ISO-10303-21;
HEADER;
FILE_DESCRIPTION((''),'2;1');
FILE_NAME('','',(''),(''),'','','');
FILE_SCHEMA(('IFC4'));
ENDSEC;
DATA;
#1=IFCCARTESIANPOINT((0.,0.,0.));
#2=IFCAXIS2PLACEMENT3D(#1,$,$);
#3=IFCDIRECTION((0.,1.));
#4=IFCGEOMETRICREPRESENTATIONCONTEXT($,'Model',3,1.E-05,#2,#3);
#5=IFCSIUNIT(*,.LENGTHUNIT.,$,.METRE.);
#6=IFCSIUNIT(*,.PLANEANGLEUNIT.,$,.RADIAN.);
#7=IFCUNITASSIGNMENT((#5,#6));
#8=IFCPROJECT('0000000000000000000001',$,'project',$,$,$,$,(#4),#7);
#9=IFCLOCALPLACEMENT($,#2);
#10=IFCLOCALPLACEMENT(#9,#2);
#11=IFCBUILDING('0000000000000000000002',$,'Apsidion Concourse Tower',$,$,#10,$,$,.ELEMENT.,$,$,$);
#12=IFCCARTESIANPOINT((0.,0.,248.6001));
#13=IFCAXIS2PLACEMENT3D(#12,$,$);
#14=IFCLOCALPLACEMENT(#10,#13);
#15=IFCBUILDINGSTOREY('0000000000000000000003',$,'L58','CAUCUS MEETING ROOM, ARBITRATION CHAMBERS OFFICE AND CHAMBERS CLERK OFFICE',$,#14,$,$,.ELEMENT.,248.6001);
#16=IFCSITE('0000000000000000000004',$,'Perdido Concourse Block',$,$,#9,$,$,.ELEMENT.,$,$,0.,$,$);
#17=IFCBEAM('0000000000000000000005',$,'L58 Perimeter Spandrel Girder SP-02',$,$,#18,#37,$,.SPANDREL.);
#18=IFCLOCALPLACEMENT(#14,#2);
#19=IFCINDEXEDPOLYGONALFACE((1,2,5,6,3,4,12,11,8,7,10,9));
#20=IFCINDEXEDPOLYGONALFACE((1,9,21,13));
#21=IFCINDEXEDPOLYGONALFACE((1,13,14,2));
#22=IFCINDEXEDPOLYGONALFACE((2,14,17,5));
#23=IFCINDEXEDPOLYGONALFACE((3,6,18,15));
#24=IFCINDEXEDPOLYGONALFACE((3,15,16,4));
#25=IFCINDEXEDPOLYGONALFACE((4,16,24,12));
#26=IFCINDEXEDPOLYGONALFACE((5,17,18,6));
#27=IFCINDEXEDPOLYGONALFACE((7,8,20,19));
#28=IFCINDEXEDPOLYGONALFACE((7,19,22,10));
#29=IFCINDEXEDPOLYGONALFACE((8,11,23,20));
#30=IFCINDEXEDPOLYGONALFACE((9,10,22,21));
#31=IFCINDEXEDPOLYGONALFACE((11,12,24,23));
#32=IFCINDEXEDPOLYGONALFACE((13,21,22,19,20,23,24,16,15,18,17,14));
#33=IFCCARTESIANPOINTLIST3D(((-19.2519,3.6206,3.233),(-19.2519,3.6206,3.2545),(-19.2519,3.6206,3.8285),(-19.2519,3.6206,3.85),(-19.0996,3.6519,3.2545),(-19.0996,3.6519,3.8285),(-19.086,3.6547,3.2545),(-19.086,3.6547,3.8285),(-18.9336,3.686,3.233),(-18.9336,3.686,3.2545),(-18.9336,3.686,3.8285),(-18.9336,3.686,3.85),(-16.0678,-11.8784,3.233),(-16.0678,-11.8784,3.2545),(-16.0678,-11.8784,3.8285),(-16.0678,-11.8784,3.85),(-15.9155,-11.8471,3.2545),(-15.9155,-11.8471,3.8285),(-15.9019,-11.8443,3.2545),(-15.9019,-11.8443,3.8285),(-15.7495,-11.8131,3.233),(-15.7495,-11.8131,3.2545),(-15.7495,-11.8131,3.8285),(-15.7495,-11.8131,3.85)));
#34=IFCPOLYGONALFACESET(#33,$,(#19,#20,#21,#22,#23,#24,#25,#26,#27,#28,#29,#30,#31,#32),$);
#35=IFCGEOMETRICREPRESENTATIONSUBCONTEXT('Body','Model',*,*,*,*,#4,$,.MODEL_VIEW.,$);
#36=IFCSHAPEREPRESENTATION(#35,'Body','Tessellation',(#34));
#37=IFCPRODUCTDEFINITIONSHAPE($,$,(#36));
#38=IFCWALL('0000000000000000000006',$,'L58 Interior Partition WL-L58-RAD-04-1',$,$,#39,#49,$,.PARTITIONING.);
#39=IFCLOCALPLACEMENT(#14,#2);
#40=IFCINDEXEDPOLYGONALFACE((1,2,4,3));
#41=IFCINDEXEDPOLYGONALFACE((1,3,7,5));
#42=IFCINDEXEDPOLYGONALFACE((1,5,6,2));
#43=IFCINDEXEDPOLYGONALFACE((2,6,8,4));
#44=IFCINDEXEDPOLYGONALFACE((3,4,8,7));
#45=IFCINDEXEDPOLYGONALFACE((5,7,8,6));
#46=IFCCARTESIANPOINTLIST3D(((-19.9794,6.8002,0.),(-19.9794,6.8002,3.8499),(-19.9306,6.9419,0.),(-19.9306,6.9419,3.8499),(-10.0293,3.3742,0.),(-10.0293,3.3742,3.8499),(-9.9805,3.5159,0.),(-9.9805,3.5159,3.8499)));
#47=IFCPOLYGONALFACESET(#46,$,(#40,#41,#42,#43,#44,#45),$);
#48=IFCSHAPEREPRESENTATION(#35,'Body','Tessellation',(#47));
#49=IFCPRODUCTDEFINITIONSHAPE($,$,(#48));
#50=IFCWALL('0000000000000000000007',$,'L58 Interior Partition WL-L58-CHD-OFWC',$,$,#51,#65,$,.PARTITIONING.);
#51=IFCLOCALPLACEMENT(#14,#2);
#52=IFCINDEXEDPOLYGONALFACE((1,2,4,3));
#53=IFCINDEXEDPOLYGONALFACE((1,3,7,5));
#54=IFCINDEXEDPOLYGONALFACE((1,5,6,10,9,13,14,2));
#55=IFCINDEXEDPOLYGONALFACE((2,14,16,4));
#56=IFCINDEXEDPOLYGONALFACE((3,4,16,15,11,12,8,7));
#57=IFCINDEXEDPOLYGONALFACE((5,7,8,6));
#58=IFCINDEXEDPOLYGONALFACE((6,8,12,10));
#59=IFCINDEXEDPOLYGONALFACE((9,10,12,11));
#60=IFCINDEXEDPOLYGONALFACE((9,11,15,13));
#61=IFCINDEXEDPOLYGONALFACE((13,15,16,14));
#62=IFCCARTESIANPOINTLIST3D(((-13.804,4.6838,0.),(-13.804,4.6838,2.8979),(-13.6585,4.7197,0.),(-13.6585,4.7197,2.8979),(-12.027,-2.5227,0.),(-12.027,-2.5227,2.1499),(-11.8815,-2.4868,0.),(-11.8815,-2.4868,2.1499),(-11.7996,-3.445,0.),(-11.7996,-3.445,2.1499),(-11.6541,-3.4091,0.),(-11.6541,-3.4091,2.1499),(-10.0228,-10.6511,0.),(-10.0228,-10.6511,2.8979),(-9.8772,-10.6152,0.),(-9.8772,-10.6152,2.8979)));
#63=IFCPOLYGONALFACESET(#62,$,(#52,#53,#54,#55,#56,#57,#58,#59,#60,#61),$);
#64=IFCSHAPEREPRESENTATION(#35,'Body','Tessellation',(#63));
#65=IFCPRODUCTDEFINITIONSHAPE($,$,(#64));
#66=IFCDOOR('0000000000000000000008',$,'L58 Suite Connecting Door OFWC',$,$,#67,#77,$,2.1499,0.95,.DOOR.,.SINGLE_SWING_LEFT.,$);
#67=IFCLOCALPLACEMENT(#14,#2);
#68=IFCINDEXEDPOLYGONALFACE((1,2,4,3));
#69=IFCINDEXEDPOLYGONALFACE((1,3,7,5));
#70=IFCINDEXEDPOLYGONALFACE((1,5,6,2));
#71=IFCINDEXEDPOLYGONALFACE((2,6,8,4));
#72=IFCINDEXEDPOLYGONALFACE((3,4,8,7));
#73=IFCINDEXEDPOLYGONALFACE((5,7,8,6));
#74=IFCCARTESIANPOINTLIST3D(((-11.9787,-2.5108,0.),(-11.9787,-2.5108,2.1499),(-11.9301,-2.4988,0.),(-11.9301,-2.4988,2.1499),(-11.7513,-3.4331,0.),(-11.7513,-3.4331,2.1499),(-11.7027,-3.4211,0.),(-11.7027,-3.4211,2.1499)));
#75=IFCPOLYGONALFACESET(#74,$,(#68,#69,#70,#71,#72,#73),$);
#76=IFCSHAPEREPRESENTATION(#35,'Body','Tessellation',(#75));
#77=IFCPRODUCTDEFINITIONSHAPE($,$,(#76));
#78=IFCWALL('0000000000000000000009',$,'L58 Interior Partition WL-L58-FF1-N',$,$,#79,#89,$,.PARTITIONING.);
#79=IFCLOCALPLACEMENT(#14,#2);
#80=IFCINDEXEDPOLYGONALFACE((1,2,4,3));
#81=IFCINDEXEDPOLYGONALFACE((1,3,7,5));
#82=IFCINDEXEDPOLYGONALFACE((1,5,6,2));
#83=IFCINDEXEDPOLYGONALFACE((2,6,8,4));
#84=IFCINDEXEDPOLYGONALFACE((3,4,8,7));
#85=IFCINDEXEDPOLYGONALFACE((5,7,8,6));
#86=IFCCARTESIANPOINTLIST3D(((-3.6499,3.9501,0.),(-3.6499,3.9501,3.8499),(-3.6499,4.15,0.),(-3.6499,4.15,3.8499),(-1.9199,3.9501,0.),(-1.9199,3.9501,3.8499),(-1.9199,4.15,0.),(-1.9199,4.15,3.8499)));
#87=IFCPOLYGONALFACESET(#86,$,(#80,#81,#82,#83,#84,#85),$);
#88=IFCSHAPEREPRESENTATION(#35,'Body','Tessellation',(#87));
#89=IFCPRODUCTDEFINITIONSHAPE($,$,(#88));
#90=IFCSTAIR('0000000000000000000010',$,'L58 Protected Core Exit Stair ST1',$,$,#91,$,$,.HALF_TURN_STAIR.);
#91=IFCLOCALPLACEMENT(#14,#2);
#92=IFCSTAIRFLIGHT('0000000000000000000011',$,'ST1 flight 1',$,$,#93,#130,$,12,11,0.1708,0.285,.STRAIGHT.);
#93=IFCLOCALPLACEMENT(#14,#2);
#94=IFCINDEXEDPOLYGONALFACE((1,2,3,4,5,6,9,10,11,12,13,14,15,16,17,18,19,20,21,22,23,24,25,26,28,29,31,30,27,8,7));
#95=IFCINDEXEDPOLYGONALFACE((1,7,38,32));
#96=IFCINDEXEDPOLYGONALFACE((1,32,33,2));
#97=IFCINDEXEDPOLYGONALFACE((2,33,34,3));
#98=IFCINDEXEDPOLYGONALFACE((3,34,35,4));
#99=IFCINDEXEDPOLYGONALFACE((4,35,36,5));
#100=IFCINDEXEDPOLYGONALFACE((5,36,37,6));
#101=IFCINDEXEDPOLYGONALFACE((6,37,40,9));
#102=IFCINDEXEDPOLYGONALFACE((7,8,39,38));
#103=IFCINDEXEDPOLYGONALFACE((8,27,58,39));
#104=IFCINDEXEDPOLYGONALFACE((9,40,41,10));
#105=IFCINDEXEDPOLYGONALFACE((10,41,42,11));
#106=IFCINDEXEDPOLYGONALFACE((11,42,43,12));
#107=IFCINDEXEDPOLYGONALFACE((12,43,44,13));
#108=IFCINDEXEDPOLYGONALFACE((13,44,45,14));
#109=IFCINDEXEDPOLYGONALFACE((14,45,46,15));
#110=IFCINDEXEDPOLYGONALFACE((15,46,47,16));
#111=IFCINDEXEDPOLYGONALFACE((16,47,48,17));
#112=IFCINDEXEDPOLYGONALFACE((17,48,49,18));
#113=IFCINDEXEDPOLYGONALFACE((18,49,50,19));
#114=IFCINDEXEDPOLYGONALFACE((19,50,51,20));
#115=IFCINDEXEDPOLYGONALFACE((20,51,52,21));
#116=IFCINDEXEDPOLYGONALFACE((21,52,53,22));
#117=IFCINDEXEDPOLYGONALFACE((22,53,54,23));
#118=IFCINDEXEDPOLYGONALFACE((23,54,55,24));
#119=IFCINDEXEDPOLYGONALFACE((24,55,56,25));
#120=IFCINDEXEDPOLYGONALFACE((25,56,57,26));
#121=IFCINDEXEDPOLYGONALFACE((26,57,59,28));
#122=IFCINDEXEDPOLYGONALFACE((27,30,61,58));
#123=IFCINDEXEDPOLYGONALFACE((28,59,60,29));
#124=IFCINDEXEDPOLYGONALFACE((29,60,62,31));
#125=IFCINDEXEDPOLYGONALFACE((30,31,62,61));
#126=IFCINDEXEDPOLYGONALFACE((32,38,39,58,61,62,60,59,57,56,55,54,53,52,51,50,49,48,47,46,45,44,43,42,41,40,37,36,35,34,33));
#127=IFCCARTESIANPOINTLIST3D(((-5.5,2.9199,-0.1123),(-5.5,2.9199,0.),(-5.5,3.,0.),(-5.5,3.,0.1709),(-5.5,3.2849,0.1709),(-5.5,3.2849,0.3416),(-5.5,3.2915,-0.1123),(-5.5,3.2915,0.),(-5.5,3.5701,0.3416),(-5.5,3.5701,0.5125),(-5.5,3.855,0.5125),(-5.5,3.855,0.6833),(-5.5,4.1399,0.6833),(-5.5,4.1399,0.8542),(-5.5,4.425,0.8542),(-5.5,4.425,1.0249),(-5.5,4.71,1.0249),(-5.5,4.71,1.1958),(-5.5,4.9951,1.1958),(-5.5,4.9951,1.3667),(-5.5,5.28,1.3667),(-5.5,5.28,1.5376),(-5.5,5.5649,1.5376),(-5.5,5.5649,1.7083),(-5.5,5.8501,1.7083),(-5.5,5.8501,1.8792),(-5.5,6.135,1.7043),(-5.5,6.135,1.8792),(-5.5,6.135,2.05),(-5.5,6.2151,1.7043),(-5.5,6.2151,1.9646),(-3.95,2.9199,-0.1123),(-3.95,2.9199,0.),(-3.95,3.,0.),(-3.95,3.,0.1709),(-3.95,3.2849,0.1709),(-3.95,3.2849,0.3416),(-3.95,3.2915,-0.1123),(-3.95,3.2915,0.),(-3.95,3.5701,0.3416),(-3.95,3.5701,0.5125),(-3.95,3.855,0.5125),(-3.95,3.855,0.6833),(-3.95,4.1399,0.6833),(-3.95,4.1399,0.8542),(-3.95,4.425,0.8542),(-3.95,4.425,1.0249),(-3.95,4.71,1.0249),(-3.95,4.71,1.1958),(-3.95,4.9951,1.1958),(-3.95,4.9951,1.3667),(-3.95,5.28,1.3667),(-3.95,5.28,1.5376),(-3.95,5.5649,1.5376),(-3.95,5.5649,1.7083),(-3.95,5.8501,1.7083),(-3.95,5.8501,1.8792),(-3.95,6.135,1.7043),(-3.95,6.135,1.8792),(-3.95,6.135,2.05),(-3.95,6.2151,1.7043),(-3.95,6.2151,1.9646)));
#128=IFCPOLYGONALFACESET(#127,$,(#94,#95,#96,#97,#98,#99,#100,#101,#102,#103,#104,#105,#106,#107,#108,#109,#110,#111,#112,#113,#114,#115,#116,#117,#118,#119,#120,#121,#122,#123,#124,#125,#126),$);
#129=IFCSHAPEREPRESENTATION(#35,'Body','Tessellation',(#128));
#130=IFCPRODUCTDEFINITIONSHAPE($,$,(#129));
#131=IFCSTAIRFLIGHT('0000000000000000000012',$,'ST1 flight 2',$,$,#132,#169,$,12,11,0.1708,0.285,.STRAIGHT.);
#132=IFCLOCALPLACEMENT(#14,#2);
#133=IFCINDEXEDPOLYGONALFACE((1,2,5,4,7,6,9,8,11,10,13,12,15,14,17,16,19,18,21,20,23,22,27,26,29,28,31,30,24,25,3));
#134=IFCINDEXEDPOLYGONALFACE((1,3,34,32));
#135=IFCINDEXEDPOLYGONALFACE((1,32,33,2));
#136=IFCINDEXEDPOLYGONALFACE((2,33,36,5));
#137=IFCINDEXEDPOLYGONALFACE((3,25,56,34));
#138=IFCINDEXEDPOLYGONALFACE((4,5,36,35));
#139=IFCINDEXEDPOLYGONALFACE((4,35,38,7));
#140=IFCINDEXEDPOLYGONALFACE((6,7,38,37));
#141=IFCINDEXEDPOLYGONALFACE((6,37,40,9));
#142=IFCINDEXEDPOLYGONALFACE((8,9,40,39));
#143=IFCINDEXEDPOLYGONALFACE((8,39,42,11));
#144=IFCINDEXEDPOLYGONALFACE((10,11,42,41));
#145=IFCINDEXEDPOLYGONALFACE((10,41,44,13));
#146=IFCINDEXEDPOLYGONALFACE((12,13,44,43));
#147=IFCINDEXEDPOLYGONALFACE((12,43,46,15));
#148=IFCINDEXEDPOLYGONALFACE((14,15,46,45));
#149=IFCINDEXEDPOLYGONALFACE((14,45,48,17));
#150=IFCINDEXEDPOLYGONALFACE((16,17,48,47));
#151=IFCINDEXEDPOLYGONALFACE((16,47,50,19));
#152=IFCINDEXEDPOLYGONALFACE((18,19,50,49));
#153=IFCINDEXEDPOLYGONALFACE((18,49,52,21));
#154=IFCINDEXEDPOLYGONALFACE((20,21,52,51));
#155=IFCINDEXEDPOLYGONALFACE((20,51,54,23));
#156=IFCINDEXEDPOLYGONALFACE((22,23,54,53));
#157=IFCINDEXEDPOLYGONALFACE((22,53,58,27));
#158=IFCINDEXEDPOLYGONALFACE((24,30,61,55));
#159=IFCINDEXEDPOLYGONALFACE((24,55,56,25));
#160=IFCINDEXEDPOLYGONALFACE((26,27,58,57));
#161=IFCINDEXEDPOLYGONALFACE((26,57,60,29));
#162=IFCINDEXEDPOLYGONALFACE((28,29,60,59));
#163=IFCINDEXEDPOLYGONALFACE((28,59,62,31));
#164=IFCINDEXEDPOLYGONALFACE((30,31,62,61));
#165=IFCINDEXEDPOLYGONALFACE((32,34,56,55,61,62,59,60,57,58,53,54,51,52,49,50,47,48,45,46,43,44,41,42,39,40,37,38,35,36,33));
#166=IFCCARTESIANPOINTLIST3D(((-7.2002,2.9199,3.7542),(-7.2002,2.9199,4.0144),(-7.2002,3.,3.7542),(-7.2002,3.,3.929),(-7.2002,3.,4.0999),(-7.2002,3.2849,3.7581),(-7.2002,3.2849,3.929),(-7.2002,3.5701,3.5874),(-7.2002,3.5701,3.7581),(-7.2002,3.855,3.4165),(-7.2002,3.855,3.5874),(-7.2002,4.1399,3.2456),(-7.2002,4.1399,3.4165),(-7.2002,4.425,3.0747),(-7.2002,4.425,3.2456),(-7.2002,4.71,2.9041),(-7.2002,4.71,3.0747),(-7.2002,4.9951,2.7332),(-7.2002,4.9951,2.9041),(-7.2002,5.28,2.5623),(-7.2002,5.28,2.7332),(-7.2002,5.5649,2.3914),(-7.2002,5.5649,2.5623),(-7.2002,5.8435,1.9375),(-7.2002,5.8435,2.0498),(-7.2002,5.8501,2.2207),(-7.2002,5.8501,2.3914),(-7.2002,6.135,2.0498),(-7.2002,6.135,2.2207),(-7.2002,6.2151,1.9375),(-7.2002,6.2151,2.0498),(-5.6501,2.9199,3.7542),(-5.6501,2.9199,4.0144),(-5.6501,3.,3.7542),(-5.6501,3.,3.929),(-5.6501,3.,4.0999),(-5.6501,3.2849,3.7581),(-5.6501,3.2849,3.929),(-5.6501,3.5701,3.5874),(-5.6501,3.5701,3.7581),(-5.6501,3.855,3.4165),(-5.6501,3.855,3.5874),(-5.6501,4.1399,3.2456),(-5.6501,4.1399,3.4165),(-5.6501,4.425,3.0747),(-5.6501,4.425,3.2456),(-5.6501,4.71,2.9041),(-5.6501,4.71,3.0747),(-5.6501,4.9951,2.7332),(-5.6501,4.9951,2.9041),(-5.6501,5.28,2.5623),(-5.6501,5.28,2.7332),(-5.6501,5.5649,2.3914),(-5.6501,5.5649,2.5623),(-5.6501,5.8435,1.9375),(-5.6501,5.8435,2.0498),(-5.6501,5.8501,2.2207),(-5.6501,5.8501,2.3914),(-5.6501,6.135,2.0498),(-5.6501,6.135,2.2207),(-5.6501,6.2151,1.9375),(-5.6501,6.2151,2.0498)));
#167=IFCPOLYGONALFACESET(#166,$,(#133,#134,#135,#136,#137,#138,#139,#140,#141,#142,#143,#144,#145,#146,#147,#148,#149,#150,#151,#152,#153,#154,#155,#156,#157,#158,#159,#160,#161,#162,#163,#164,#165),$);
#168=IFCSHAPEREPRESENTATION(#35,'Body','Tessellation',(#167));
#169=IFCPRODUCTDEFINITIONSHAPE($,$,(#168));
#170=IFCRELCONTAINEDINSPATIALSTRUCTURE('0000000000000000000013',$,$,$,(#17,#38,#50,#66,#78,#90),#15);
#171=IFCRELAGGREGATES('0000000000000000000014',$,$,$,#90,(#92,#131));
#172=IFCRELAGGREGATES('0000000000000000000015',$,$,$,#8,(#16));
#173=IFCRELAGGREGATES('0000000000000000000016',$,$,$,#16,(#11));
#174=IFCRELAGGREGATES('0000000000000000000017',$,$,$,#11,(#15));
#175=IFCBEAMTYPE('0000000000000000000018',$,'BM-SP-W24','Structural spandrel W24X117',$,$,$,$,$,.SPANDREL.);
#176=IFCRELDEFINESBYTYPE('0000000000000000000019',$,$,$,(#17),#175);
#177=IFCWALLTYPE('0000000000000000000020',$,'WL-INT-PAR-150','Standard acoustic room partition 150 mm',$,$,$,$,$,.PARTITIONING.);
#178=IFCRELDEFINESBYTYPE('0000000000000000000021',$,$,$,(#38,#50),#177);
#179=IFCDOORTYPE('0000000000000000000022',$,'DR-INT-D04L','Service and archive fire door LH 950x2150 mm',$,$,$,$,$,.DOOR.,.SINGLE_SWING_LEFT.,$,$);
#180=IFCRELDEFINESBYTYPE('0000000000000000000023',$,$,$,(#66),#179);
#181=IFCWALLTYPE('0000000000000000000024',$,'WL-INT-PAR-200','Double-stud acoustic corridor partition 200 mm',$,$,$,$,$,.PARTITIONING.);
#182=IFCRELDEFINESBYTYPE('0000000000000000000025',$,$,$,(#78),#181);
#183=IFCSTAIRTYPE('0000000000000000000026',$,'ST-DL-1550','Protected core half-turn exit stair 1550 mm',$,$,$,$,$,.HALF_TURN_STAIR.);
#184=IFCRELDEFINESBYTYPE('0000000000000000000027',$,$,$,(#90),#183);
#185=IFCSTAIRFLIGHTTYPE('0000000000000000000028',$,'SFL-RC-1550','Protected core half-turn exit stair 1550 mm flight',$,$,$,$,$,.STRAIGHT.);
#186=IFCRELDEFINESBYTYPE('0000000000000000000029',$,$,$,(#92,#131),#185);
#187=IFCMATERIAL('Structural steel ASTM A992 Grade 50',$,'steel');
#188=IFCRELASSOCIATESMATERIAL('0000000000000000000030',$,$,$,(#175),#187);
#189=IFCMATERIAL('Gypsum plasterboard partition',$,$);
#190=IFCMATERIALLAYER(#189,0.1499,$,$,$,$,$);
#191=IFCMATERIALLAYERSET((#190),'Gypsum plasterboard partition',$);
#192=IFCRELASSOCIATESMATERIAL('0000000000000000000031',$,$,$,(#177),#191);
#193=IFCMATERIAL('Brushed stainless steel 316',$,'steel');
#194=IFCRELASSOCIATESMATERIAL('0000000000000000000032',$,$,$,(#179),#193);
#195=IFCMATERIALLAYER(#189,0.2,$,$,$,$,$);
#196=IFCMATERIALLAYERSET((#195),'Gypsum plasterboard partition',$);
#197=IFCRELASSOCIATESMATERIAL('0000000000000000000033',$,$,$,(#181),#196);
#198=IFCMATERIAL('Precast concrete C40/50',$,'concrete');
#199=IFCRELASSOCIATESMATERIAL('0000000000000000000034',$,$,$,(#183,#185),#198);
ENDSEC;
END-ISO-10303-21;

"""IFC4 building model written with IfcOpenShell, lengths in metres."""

from ifc_helpers import new_model, si_unit, direction, frame, frame_2d, origin, origin_2d, place, context, subcontext, project, spatial, polyline, rectangle, i_section, outline, extrude, material, layer, layer_set, material_profile, profile_set, type_object, element, fill, aggregate, save


model = new_model("IFC4")

# Units and contexts
model_context = context("Model", 3, precision=1e-05, world=origin(), true_north=direction((0.0, 1.0)))
body_context = subcontext(model_context, "Body", "Model", "MODEL_VIEW")
ifc_project = project(units=[si_unit("LENGTHUNIT", "METRE"), si_unit("PLANEANGLEUNIT", "RADIAN")], contexts=[model_context])

# Site, building, storey
site_placement = place(None, origin())
site = spatial("IfcSite", under=ifc_project, at=site_placement, Name="Perdido Concourse Block", CompositionType="ELEMENT", RefElevation=0.0)
building_placement = place(site_placement, origin())
building = spatial("IfcBuilding", under=site, at=building_placement, Name="Apsidion Concourse Tower", CompositionType="ELEMENT")
storey_placement = place(building_placement, frame((0.0, 0.0, 248.6001)))
storey = spatial("IfcBuildingStorey", under=building, at=storey_placement, Name="L58", Description="CAUCUS MEETING ROOM, ARBITRATION CHAMBERS OFFICE AND CHAMBERS CLERK OFFICE", CompositionType="ELEMENT", Elevation=248.6001)

# Shared definitions
ifc_material_1 = material(Name="Structural steel ASTM A992 Grade 50", Category="steel")

# Beam
ifc_material_profile_1 = material_profile(ifc_material_1, i_section(OverallWidth=0.325, OverallDepth=0.6169, WebThickness=0.0139, FlangeThickness=0.0215, at=origin_2d()), Name="W24X117")
ifc_profile_set_1 = profile_set([ifc_material_profile_1], Name="Structural steel ASTM A992 Grade 50")
beam_type_1 = type_object("IfcBeamType", Name="BM-SP-W24", Description="Structural spandrel W24X117", PredefinedType="SPANDREL", material=ifc_profile_set_1)
beam_1_placement = place(storey_placement, frame((-19.0928, 3.6533, 3.5415), z_axis=(0.201235, -0.979543, 0.0), x_axis=(0.979543, 0.201235, 0.0)))
element("IfcBeam", 1, at=beam_1_placement, inside=storey, type_object=beam_type_1, Name="L58 Perimeter Spandrel Girder SP-02", PredefinedType="SPANDREL", context=body_context, shape_type="SweptSolid", body=[
    extrude(i_section(OverallWidth=0.325, OverallDepth=0.6169, WebThickness=0.0139, FlangeThickness=0.0215, at=origin_2d()), origin(), (0.0, 0.0, 1.0), 15.8228),
])

# Wall
ifc_material_2 = material(Name="Gypsum plasterboard partition")
ifc_layer_1 = layer(ifc_material_2, 0.1499)
ifc_layer_set_1 = layer_set([ifc_layer_1], Name="Gypsum plasterboard partition")
wall_type_1 = type_object("IfcWallType", Name="WL-INT-PAR-150", Description="Standard acoustic room partition 150 mm", PredefinedType="PARTITIONING", material=ifc_layer_set_1)
wall_1_placement = place(storey_placement, frame((-10.0049, 3.4451, 0.0), z_axis=(0.0, 0.0, 1.0), x_axis=(-0.945522, 0.32556, 0.0)))
element("IfcWall", 2, at=wall_1_placement, inside=storey, type_object=wall_type_1, Name="L58 Interior Partition WL-L58-RAD-04-1", PredefinedType="PARTITIONING", context=body_context, shape_type="SweptSolid", body=[
    extrude(rectangle(XDim=10.5234, YDim=0.1499, at=frame_2d((5.2617, 0.0))), origin(), (0.0, 0.0, 1.0), 3.8499),
])

# Wall, opening, door
wall_2_placement = place(storey_placement, frame((-13.7312, 4.7017, 0.0), z_axis=(0.0, 0.0, 1.0), x_axis=(0.239406, -0.970919, 0.0)))
wall_2 = element("IfcWall", 3, at=wall_2_placement, inside=storey, type_object=wall_type_1, Name="L58 Interior Partition WL-L58-CHD-OFWC", PredefinedType="PARTITIONING", context=body_context, shape_type="SweptSolid", body=[
    extrude(rectangle(XDim=15.7942, YDim=0.1499, at=frame_2d((7.897, 0.0))), origin(), (0.0, 0.0, 1.0), 2.8979),
])
opening_placement = place(wall_2_placement, frame((7.4221, 0.0, 0.0)))
opening = element("IfcOpeningElement", 4, at=opening_placement, cuts=wall_2, PredefinedType="OPENING", context=body_context, shape_type="SweptSolid", body=[
    extrude(rectangle(XDim=0.95, YDim=2.1499, at=frame_2d((0.4751, 1.075))), frame((0.0, 0.085, 0.0), z_axis=(0.0, -1.0, 0.0), x_axis=(1.0, 0.0, 0.0)), (0.0, 0.0, 1.0), 0.1699),
])
ifc_material_3 = material(Name="Brushed stainless steel 316", Category="steel")
door_type = type_object("IfcDoorType", Name="DR-INT-D04L", Description="Service and archive fire door LH 950x2150 mm", OperationType="SINGLE_SWING_LEFT", PredefinedType="DOOR", material=ifc_material_3)
door_placement = place(opening_placement, origin())
door = element("IfcDoor", 5, at=door_placement, inside=storey, type_object=door_type, Name="L58 Suite Connecting Door OFWC", OperationType="SINGLE_SWING_LEFT", OverallHeight=2.1499, OverallWidth=0.95, PredefinedType="DOOR", context=body_context, shape_type="SweptSolid", body=[
    extrude(rectangle(XDim=0.95, YDim=2.1499, at=frame_2d((0.4751, 1.075))), frame((0.0, 0.0249, 0.0), z_axis=(0.0, -1.0, 0.0), x_axis=(1.0, 0.0, 0.0)), (0.0, 0.0, 1.0), 0.05),
])
fill(opening, door)

# Wall
ifc_layer_2 = layer(ifc_material_2, 0.2)
ifc_layer_set_2 = layer_set([ifc_layer_2], Name="Gypsum plasterboard partition")
wall_type_2 = type_object("IfcWallType", Name="WL-INT-PAR-200", Description="Double-stud acoustic corridor partition 200 mm", PredefinedType="PARTITIONING", material=ifc_layer_set_2)
wall_3_placement = place(storey_placement, frame((-3.6499, 4.05, 0.0), z_axis=(0.0, 0.0, 1.0), x_axis=(1.0, 0.0, 0.0)))
element("IfcWall", 6, at=wall_3_placement, inside=storey, type_object=wall_type_2, Name="L58 Interior Partition WL-L58-FF1-N", PredefinedType="PARTITIONING", context=body_context, shape_type="SweptSolid", body=[
    extrude(rectangle(XDim=1.73, YDim=0.2, at=frame_2d((0.865, 0.0))), origin(), (0.0, 0.0, 1.0), 3.8499),
])

# Stair, stair flights
ifc_material_4 = material(Name="Precast concrete C40/50", Category="concrete")
stair_type = type_object("IfcStairType", Name="ST-DL-1550", Description="Protected core half-turn exit stair 1550 mm", PredefinedType="HALF_TURN_STAIR", material=ifc_material_4)
stair_placement = place(storey_placement, origin())
stair = element("IfcStair", 7, at=stair_placement, inside=storey, type_object=stair_type, Name="L58 Protected Core Exit Stair ST1", PredefinedType="HALF_TURN_STAIR")
stair_flight_type = type_object("IfcStairFlightType", Name="SFL-RC-1550", Description="Protected core half-turn exit stair 1550 mm flight", PredefinedType="STRAIGHT", material=ifc_material_4)
stair_flight_1_placement = place(storey_placement, frame((-4.7251, 3.0, 0.0), z_axis=(0.0, 0.0, 1.0), x_axis=(0.0, 1.0, 0.0)))
stair_flight_1 = element("IfcStairFlight", 8, at=stair_flight_1_placement, type_object=stair_flight_type, Name="ST1 flight 1", NumberOfRisers=12, NumberOfTreads=11, PredefinedType="STRAIGHT", RiserHeight=0.1708, TreadLength=0.285, context=body_context, shape_type="SweptSolid", body=[
    extrude(outline(polyline([(-0.0801, -0.1123), (-0.0801, 0.0), (0.0, 0.0), (0.0, 0.1709), (0.2849, 0.1709), (0.2849, 0.3416), (0.5701, 0.3416), (0.5701, 0.5125), (0.855, 0.5125), (0.855, 0.6833), (1.1399, 0.6833), (1.1399, 0.8542), (1.425, 0.8542), (1.425, 1.0249), (1.71, 1.0249), (1.71, 1.1958), (1.9951, 1.1958), (1.9951, 1.3667), (2.28, 1.3667), (2.28, 1.5376), (2.5649, 1.5376), (2.5649, 1.7083), (2.8501, 1.7083), (2.8501, 1.8792), (3.135, 1.8792), (3.135, 2.05), (3.2151, 1.9646), (3.2151, 1.7043), (3.135, 1.7043), (0.2915, 0.0), (0.2915, -0.1123), (-0.0801, -0.1123)])), frame((0.0, 0.7749, 0.0), z_axis=(0.0, -1.0, 0.0), x_axis=(1.0, 0.0, 0.0)), (0.0, 0.0, 1.0), 1.55),
])
stair_flight_2_placement = place(storey_placement, frame((-6.425, 6.135, 2.0498), z_axis=(0.0, 0.0, 1.0), x_axis=(0.0, -1.0, 0.0)))
stair_flight_2 = element("IfcStairFlight", 9, at=stair_flight_2_placement, type_object=stair_flight_type, Name="ST1 flight 2", NumberOfRisers=12, NumberOfTreads=11, PredefinedType="STRAIGHT", RiserHeight=0.1708, TreadLength=0.285, context=body_context, shape_type="SweptSolid", body=[
    extrude(outline(polyline([(-0.0801, -0.1123), (-0.0801, 0.0), (0.0, 0.0), (0.0, 0.1709), (0.2849, 0.1709), (0.2849, 0.3416), (0.5701, 0.3416), (0.5701, 0.5125), (0.855, 0.5125), (0.855, 0.6833), (1.1399, 0.6833), (1.1399, 0.8542), (1.425, 0.8542), (1.425, 1.0249), (1.71, 1.0249), (1.71, 1.1958), (1.9951, 1.1958), (1.9951, 1.3667), (2.28, 1.3667), (2.28, 1.5376), (2.5649, 1.5376), (2.5649, 1.7083), (2.8501, 1.7083), (2.8501, 1.8792), (3.135, 1.8792), (3.135, 2.05), (3.2151, 1.9646), (3.2151, 1.7043), (3.135, 1.7043), (0.2915, 0.0), (0.2915, -0.1123), (-0.0801, -0.1123)])), frame((0.0, 0.7749, 0.0), z_axis=(0.0, -1.0, 0.0), x_axis=(1.0, 0.0, 0.0)), (0.0, 0.0, 1.0), 1.55),
])
aggregate(stair, [stair_flight_1, stair_flight_2])

save(model, "model.ifc")
